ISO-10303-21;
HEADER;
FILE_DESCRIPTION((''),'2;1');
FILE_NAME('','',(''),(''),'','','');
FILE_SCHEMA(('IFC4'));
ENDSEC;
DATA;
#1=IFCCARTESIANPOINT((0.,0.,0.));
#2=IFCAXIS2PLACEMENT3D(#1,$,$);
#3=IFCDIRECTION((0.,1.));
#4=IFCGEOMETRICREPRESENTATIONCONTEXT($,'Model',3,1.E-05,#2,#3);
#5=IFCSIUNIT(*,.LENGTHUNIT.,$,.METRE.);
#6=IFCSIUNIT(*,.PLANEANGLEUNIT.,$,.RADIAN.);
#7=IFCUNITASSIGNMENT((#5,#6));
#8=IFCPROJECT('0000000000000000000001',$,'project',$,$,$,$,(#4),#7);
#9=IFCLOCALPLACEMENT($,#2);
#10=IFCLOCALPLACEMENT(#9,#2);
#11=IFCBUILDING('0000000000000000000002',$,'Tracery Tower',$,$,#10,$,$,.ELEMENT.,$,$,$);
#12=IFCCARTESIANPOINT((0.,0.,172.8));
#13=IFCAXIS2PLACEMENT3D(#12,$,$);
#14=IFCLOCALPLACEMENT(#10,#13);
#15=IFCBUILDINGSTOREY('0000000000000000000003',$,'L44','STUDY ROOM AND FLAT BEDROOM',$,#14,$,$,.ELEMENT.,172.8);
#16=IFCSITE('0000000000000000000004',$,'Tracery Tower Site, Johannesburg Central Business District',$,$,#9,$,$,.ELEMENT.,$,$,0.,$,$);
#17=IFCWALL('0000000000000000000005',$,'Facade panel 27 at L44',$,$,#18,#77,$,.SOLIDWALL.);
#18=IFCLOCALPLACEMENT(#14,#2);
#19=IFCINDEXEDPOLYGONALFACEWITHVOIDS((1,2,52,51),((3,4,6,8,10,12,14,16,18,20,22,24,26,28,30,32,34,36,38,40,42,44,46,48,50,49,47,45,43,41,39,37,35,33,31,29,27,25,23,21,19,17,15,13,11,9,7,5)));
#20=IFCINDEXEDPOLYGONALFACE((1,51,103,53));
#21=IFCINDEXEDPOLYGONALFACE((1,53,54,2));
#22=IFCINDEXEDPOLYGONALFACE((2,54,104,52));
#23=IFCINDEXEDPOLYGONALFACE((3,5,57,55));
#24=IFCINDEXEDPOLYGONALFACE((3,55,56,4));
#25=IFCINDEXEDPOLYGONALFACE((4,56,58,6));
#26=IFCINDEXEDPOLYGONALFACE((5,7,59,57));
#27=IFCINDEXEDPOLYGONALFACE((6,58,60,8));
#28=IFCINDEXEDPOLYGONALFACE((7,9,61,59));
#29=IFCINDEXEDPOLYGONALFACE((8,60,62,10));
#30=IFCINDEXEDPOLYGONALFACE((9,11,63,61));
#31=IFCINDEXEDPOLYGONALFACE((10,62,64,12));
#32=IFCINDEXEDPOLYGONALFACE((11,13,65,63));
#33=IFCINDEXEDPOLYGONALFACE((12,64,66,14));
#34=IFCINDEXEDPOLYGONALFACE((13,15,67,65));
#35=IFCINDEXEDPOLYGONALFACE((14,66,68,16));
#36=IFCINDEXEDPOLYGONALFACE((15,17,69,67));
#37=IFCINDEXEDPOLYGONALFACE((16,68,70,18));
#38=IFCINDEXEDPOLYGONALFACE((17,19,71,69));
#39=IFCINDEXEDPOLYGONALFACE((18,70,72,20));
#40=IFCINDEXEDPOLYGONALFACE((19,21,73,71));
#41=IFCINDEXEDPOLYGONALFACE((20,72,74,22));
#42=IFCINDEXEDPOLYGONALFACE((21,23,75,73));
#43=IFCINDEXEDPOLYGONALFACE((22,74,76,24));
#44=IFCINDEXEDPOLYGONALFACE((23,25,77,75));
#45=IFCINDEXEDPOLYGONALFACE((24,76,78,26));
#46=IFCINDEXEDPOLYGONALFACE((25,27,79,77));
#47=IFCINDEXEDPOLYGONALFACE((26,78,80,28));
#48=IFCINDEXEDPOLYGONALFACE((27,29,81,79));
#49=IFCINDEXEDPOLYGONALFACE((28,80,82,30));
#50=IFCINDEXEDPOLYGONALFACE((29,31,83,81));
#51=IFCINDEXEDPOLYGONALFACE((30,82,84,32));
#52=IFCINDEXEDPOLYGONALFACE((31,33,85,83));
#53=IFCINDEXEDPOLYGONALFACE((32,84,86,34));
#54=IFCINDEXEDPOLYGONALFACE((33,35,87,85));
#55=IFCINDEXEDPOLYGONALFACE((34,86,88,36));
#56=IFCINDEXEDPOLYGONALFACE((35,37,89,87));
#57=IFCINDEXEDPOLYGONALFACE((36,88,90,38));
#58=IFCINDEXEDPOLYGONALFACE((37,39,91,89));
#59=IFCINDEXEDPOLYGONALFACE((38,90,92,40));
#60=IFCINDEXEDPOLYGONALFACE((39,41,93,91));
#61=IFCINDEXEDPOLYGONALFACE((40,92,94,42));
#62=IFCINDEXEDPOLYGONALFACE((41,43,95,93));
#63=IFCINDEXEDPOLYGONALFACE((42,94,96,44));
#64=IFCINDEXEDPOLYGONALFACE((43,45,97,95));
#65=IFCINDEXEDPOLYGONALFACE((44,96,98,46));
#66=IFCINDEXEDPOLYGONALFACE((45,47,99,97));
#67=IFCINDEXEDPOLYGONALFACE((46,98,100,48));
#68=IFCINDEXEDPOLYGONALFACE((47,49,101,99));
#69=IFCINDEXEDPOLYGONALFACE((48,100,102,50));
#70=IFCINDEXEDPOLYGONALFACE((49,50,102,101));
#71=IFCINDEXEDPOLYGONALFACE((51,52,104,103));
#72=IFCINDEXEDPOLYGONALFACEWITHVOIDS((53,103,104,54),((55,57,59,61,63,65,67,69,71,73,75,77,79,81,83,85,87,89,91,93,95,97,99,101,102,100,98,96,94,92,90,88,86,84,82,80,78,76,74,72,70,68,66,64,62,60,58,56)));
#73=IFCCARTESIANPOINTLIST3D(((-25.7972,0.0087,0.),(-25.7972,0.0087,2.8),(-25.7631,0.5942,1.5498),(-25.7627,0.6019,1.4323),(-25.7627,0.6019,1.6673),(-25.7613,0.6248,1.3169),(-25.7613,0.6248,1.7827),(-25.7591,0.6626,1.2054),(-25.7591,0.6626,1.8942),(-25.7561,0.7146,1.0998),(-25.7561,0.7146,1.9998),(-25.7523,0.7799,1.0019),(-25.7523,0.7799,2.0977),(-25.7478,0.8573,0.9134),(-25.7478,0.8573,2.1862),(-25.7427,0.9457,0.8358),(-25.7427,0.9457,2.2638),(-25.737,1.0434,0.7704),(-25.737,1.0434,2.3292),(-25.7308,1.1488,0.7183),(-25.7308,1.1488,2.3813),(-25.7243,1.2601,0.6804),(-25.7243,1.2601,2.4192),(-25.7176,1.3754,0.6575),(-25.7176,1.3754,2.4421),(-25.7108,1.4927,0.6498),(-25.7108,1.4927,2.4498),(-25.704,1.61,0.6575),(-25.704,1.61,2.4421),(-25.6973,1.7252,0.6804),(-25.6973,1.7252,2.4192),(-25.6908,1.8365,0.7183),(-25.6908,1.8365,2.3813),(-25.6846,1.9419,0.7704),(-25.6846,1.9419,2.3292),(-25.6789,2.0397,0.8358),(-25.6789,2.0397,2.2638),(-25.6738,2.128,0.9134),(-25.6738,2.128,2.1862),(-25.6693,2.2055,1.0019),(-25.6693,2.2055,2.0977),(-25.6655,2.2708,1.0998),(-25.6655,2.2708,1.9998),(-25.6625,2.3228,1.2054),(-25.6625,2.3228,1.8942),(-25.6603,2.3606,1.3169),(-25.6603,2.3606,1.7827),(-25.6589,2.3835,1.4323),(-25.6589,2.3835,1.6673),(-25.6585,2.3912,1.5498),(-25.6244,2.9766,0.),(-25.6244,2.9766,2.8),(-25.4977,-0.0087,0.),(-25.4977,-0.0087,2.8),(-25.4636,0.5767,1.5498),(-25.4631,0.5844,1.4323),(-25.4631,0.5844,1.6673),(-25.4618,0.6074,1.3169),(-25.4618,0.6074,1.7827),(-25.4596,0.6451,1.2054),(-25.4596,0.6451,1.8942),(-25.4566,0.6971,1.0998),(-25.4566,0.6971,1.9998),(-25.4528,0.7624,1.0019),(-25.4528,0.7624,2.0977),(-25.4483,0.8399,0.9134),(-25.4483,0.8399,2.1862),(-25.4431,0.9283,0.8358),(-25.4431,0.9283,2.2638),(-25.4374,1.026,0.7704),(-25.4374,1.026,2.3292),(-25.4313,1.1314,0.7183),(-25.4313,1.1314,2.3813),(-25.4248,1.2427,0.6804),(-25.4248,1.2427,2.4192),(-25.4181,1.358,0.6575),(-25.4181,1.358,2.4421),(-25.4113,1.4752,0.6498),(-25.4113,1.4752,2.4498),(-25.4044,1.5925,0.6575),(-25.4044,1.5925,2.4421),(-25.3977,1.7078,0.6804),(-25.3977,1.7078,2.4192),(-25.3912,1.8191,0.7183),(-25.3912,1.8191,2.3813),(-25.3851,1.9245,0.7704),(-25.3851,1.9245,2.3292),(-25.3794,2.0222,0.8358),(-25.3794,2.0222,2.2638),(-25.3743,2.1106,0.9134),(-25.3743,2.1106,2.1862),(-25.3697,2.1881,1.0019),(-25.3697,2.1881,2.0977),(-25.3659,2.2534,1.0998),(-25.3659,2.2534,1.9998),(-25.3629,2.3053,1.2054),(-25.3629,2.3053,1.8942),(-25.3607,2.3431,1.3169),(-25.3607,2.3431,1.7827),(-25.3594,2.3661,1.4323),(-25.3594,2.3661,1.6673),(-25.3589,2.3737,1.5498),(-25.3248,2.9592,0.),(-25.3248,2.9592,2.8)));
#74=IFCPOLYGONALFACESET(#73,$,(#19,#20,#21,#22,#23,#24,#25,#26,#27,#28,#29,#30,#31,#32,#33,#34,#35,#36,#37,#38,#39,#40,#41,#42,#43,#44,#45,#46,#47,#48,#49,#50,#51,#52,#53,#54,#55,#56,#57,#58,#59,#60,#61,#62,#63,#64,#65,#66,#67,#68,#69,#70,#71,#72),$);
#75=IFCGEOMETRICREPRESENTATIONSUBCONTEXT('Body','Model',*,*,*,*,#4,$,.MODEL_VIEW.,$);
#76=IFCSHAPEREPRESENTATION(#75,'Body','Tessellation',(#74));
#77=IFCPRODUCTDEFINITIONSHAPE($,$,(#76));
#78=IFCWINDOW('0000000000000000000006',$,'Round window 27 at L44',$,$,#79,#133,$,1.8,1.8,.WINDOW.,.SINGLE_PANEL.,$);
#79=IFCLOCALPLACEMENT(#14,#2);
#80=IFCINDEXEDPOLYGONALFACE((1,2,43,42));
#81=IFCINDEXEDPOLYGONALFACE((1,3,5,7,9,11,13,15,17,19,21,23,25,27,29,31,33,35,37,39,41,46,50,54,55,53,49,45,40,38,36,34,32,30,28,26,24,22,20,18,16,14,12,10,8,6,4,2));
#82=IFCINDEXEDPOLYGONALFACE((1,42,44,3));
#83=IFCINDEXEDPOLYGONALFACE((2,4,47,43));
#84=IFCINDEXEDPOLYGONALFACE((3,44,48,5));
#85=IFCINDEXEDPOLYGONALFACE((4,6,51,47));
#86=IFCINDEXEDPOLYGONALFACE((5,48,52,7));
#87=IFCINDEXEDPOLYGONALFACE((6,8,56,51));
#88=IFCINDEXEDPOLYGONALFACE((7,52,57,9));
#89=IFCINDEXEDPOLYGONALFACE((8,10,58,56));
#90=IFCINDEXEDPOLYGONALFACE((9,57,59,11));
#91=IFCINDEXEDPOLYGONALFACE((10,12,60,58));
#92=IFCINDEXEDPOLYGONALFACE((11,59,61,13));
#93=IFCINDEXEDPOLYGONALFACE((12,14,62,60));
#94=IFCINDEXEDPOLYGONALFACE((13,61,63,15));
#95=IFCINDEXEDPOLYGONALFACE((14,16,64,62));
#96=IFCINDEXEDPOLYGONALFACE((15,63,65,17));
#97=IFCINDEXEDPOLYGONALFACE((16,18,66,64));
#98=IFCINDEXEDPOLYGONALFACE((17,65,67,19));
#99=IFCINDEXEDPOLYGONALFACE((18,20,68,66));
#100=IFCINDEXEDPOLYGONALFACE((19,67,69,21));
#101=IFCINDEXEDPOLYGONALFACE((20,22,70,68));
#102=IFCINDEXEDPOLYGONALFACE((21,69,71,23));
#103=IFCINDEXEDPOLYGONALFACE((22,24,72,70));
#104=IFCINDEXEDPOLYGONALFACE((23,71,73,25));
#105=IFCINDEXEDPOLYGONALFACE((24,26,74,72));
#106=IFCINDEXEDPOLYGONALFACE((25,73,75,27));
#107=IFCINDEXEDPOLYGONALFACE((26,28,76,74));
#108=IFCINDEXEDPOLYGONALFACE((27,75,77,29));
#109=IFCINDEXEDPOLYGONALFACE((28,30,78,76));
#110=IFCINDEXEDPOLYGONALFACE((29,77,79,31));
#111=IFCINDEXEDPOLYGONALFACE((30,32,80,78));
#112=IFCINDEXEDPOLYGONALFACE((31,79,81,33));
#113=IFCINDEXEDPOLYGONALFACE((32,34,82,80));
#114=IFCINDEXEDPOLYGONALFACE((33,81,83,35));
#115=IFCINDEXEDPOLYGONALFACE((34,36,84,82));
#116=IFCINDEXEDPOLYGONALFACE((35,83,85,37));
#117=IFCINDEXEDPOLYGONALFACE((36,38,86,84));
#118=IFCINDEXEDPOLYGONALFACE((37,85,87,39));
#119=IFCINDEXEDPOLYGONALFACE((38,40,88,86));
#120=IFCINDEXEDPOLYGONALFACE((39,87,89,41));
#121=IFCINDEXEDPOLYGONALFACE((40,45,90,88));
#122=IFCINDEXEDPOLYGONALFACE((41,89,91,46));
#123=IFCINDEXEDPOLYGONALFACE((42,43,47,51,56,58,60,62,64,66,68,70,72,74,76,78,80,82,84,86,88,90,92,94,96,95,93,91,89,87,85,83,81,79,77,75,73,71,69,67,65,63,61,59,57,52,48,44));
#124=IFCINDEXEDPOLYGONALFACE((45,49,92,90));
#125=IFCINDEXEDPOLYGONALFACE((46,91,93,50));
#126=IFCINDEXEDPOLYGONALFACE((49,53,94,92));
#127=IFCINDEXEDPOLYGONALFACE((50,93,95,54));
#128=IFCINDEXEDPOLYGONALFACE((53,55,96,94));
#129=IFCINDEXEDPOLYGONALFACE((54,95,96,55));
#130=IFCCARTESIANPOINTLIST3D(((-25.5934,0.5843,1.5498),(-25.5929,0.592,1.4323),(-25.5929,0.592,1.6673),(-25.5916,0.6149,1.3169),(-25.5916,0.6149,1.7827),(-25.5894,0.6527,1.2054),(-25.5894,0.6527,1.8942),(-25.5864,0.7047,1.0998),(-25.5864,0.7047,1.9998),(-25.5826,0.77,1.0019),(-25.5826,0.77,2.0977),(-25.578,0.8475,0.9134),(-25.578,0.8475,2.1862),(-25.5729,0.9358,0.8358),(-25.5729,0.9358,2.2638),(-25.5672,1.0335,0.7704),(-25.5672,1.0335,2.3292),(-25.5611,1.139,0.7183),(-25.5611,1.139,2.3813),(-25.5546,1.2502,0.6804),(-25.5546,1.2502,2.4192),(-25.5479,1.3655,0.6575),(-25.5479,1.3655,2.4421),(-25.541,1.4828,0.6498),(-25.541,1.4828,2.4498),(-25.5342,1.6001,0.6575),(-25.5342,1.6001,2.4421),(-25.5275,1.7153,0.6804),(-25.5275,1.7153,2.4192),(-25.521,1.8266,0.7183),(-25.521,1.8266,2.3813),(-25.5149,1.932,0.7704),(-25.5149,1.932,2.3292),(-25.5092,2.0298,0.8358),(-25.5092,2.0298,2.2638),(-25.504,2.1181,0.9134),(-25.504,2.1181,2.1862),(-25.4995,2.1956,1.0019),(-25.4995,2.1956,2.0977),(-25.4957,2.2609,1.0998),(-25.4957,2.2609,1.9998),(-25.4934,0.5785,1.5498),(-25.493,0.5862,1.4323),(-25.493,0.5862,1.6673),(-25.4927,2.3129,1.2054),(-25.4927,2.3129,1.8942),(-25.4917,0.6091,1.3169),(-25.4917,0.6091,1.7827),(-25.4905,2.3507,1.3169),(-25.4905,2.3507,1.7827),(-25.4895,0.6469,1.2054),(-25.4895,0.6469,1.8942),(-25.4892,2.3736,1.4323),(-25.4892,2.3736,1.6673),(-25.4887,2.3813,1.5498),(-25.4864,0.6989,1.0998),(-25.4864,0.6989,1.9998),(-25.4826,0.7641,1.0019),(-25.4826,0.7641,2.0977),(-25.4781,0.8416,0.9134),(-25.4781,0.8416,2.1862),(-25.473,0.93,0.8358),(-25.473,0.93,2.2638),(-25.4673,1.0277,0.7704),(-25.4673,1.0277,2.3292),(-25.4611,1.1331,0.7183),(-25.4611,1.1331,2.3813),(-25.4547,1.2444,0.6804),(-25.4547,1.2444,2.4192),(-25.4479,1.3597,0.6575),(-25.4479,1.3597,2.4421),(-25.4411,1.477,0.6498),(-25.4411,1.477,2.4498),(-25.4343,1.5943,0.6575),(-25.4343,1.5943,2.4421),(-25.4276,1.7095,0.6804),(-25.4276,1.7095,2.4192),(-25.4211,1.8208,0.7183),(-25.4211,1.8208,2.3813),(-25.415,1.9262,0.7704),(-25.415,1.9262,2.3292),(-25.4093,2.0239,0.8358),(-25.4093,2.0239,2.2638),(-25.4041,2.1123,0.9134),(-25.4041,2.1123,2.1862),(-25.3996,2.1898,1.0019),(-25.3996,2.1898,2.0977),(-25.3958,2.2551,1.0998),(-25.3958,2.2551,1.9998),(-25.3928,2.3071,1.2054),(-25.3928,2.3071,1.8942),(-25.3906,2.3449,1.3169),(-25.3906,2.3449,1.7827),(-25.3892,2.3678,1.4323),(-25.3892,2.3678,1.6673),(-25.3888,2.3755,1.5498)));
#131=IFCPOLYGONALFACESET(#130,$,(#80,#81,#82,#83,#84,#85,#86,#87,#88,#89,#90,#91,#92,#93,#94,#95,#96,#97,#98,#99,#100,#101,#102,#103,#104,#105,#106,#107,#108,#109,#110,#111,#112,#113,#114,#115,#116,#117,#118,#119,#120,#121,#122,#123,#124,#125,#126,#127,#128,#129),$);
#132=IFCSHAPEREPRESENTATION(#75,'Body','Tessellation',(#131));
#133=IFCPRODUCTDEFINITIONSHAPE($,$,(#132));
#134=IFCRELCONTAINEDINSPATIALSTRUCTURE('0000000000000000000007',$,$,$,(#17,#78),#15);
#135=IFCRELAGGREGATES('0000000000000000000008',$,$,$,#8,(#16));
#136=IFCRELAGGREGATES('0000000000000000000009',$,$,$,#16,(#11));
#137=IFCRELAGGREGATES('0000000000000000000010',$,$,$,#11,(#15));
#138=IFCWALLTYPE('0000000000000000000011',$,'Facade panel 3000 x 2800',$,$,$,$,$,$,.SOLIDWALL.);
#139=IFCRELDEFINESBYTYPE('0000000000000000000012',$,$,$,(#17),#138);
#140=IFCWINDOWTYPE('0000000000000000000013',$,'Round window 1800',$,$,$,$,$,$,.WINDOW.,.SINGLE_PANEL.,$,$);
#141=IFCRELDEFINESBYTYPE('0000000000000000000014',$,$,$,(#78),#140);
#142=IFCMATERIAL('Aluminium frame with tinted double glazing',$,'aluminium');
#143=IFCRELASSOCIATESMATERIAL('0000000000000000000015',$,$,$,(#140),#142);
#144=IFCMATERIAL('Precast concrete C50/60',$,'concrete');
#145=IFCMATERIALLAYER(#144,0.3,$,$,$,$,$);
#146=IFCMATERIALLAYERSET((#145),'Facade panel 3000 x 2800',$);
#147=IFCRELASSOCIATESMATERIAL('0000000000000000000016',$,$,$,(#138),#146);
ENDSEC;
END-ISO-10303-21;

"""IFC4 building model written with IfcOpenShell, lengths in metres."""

from ifc_helpers import new_model, si_unit, direction, frame, frame_2d, origin, origin_2d, place, context, subcontext, project, spatial, rectangle, circle, extrude, material, layer, layer_set, type_object, element, fill, save


model = new_model("IFC4")

# Units and contexts
model_context = context("Model", 3, precision=1e-05, world=origin(), true_north=direction((0.0, 1.0)))
body_context = subcontext(model_context, "Body", "Model", "MODEL_VIEW")
ifc_project = project(units=[si_unit("LENGTHUNIT", "METRE"), si_unit("PLANEANGLEUNIT", "RADIAN")], contexts=[model_context])

# Site, building, storey
site_placement = place(None, origin())
site = spatial("IfcSite", under=ifc_project, at=site_placement, Name="Tracery Tower Site, Johannesburg Central Business District", CompositionType="ELEMENT", RefElevation=0.0)
building_placement = place(site_placement, origin())
building = spatial("IfcBuilding", under=site, at=building_placement, Name="Tracery Tower", CompositionType="ELEMENT")
storey_placement = place(building_placement, frame((0.0, 0.0, 172.8)))
storey = spatial("IfcBuildingStorey", under=building, at=storey_placement, Name="L44", Description="STUDY ROOM AND FLAT BEDROOM", CompositionType="ELEMENT", Elevation=172.8)

# Wall, opening, window
ifc_material_1 = material(Name="Aluminium frame with tinted double glazing", Category="aluminium")
window_type = type_object("IfcWindowType", Name="Round window 1800", PartitioningType="SINGLE_PANEL", PredefinedType="WINDOW", material=ifc_material_1)
ifc_material_2 = material(Name="Precast concrete C50/60", Category="concrete")
ifc_layer_1 = layer(ifc_material_2, 0.3)
ifc_layer_set_1 = layer_set([ifc_layer_1], Name="Facade panel 3000 x 2800")
wall_type_1 = type_object("IfcWallType", Name="Facade panel 3000 x 2800", PredefinedType="SOLIDWALL", material=ifc_layer_set_1)
wall_1_placement = place(storey_placement, frame((-25.4746, 2.9678, 0.0), z_axis=(0.0, 0.0, 1.0), x_axis=(-0.058144, -0.998308, 0.0)))
wall_1 = element("IfcWall", 1, at=wall_1_placement, inside=storey, type_object=wall_type_1, Name="Facade panel 27 at L44", PredefinedType="SOLIDWALL", context=body_context, shape_type="SweptSolid", body=[
    extrude(rectangle(XDim=2.9729, YDim=0.3, at=frame_2d((1.4863, 0.0))), origin(), (0.0, 0.0, 1.0), 2.8),
])
opening_1_placement = place(wall_1_placement, frame((1.4863, 0.0, 1.5498)))
opening_1 = element("IfcOpeningElement", 2, at=opening_1_placement, cuts=wall_1, PredefinedType="OPENING", context=body_context, shape_type="SweptSolid", body=[
    extrude(circle(Radius=0.9, at=origin_2d()), frame((0.0, 0.1599, 0.0), z_axis=(0.0, -1.0, 0.0), x_axis=(1.0, 0.0, 0.0)), (0.0, 0.0, 1.0), 0.3201),
])
window_1_placement = place(opening_1_placement, origin())
window_1 = element("IfcWindow", 3, at=window_1_placement, inside=storey, type_object=window_type, Name="Round window 27 at L44", OverallHeight=1.8, OverallWidth=1.8, PartitioningType="SINGLE_PANEL", PredefinedType="WINDOW", context=body_context, shape_type="SweptSolid", body=[
    extrude(circle(Radius=0.9, at=origin_2d()), frame((0.0, 0.1201, 0.0), z_axis=(0.0, -1.0, 0.0), x_axis=(1.0, 0.0, 0.0)), (0.0, 0.0, 1.0), 0.1001),
])
fill(opening_1, window_1)

save(model, "model.ifc")
